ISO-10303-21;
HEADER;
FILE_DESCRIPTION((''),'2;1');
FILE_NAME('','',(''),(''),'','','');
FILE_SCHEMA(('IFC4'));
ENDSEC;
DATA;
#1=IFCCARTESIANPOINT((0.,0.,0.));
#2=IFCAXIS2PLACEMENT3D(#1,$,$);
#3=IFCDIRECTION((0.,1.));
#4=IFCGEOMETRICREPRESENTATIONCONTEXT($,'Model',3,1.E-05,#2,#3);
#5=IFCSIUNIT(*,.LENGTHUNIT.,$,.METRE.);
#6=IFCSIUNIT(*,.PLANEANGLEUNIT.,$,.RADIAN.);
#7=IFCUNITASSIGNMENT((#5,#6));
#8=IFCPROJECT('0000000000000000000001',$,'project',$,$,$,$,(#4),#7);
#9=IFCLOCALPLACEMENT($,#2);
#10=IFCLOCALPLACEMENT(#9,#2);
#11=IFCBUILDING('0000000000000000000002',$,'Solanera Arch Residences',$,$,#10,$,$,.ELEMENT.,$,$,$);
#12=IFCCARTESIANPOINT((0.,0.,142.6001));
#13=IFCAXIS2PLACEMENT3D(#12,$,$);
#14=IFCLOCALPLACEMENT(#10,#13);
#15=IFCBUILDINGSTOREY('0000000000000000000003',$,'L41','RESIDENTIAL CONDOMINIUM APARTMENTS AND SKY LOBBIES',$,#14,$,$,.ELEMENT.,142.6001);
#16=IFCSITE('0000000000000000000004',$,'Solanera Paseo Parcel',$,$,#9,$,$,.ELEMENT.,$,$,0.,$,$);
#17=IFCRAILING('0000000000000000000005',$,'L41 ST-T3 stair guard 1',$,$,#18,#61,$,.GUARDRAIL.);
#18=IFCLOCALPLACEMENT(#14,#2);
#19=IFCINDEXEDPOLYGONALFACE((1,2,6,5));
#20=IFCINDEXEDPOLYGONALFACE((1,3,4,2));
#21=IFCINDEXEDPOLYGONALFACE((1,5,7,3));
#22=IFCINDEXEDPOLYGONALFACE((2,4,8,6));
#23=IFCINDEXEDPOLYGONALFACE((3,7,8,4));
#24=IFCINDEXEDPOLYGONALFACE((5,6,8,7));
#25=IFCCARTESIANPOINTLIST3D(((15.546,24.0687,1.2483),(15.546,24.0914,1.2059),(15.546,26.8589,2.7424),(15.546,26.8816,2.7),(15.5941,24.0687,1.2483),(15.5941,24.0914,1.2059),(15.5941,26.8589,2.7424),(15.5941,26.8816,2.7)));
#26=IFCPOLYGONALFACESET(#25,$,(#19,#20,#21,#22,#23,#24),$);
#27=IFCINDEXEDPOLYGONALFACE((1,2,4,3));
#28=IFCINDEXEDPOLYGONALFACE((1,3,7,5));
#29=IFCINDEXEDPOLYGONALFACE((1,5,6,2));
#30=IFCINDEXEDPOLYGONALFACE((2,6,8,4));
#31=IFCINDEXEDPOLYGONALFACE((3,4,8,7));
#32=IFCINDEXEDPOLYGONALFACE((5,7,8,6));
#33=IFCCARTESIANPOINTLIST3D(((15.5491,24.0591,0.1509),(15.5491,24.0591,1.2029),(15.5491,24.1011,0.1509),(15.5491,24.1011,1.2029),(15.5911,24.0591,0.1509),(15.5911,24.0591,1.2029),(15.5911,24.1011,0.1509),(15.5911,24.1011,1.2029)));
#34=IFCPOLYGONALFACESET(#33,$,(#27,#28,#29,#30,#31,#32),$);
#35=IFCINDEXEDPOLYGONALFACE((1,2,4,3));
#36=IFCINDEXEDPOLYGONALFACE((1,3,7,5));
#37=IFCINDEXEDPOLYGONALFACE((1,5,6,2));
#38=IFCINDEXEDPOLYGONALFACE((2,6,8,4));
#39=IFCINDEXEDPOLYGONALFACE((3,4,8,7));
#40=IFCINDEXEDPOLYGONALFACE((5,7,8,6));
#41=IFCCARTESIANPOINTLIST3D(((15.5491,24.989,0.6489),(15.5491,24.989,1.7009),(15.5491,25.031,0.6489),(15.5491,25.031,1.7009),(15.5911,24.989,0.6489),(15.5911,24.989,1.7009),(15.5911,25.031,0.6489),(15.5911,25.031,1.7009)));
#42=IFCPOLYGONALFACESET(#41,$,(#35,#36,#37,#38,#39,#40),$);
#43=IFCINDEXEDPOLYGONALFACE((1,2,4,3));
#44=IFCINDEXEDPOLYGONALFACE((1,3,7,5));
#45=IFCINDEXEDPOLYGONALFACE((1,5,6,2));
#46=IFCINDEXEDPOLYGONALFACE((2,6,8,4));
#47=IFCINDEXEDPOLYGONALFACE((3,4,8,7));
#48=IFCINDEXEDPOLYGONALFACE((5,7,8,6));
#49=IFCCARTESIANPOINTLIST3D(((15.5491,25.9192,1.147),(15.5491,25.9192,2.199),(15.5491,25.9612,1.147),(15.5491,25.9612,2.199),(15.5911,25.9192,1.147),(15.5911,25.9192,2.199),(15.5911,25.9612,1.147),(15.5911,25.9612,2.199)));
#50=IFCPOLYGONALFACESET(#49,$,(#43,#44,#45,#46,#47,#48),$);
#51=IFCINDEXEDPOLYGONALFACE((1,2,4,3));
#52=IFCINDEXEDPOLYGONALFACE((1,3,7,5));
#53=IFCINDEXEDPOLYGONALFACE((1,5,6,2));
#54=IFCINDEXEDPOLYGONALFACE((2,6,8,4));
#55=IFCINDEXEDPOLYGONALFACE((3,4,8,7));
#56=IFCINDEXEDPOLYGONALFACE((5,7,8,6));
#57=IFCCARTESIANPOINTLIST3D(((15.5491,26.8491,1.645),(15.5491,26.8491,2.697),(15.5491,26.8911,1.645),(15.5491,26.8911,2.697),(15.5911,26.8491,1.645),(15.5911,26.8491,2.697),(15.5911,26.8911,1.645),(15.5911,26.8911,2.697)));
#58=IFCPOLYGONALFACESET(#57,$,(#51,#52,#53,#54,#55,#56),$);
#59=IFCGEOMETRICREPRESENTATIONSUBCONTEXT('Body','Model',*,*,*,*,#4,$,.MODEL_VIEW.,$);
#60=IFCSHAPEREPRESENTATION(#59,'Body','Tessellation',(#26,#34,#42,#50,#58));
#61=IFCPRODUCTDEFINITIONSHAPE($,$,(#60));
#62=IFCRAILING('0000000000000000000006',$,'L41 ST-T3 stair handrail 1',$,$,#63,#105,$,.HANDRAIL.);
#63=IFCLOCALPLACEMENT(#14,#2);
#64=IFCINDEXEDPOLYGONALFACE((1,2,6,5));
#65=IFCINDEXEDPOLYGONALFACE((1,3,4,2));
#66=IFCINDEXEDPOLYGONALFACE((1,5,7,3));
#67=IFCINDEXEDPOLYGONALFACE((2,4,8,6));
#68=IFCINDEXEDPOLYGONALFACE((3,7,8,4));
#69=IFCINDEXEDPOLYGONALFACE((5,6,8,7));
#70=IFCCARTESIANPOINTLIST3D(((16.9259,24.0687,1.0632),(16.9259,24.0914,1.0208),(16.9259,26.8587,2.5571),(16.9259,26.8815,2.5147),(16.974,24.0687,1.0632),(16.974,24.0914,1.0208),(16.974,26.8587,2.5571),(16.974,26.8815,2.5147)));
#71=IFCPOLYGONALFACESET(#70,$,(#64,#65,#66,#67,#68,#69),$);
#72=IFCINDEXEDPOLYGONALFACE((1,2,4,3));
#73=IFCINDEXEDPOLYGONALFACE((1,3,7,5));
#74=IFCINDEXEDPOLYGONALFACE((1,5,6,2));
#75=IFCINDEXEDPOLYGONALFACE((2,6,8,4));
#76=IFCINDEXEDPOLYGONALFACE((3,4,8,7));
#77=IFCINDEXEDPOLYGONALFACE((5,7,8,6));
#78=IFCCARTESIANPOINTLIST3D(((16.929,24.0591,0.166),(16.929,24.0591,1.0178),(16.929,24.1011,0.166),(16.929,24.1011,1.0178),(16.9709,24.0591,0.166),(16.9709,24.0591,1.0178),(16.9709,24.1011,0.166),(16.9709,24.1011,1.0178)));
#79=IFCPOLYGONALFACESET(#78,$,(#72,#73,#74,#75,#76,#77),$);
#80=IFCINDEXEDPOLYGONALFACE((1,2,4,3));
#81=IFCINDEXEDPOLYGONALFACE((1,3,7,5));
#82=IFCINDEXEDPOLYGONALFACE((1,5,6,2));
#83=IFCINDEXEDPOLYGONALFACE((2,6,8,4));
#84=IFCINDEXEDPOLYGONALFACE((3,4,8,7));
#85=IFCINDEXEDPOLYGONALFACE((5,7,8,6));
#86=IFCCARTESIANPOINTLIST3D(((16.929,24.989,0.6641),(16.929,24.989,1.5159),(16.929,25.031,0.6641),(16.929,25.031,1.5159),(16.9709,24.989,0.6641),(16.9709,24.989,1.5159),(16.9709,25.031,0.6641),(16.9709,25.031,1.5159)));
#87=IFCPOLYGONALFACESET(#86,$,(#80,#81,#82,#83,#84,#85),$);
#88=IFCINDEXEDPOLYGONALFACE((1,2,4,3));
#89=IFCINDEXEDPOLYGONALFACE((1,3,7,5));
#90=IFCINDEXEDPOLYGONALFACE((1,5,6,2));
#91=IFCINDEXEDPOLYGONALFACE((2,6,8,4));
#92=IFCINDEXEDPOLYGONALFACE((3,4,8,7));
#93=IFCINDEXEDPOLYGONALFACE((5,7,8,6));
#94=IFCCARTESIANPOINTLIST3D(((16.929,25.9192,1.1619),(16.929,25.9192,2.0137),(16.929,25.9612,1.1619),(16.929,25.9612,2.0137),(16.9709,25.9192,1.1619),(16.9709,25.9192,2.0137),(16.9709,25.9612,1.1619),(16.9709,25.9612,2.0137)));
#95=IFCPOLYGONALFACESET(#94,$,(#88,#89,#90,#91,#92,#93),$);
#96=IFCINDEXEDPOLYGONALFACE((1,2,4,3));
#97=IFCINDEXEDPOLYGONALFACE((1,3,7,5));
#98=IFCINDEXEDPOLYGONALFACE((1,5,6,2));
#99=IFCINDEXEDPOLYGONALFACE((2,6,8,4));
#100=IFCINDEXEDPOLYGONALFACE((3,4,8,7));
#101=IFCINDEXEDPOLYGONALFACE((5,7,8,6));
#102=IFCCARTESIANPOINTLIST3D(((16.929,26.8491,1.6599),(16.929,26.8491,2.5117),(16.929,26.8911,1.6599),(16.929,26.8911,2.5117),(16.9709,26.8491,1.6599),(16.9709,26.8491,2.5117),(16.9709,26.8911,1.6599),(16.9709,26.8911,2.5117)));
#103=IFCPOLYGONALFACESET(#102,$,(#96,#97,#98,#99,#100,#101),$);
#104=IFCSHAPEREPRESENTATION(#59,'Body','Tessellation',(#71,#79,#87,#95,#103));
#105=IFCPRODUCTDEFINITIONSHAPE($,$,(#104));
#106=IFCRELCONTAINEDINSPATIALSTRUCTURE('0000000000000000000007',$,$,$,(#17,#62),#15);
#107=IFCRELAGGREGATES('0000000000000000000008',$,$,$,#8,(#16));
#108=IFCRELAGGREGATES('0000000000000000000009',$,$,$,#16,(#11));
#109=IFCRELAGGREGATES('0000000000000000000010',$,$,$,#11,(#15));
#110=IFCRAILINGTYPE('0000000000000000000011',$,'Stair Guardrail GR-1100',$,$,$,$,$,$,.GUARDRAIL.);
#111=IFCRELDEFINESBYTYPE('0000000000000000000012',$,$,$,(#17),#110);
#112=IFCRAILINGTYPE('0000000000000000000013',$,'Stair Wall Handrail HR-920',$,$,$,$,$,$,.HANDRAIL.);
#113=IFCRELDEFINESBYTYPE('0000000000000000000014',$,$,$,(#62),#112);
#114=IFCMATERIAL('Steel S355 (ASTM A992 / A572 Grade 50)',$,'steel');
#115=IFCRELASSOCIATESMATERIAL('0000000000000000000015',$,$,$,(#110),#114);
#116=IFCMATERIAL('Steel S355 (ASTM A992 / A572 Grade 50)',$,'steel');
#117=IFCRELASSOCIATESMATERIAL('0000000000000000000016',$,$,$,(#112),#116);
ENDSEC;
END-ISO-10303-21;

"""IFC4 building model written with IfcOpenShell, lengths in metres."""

from ifc_helpers import new_model, si_unit, direction, frame, origin, origin_2d, place, context, subcontext, project, spatial, rectangle, extrude, material, type_object, element, save


model = new_model("IFC4")

# Units and contexts
model_context = context("Model", 3, precision=1e-05, world=origin(), true_north=direction((0.0, 1.0)))
body_context = subcontext(model_context, "Body", "Model", "MODEL_VIEW")
ifc_project = project(units=[si_unit("LENGTHUNIT", "METRE"), si_unit("PLANEANGLEUNIT", "RADIAN")], contexts=[model_context])

# Site, building, storey
site_placement = place(None, origin())
site = spatial("IfcSite", under=ifc_project, at=site_placement, Name="Solanera Paseo Parcel", CompositionType="ELEMENT", RefElevation=0.0)
building_placement = place(site_placement, origin())
building = spatial("IfcBuilding", under=site, at=building_placement, Name="Solanera Arch Residences", CompositionType="ELEMENT")
storey_placement = place(building_placement, frame((0.0, 0.0, 142.6001)))
storey = spatial("IfcBuildingStorey", under=building, at=storey_placement, Name="L41", Description="RESIDENTIAL CONDOMINIUM APARTMENTS AND SKY LOBBIES", CompositionType="ELEMENT", Elevation=142.6001)

# Railings
ifc_material_1 = material(Name="Steel S355 (ASTM A992 / A572 Grade 50)", Category="steel")
railing_type_1 = type_object("IfcRailingType", Name="Stair Guardrail GR-1100", PredefinedType="GUARDRAIL", material=ifc_material_1)
railing_1_placement = place(storey_placement, frame((15.5701, 24.0801, 0.1509)))
element("IfcRailing", 1, at=railing_1_placement, inside=storey, type_object=railing_type_1, Name="L41 ST-T3 stair guard 1", PredefinedType="GUARDRAIL", context=body_context, shape_type="SweptSolid", body=[
    extrude(rectangle(XDim=0.0481, YDim=0.0481, at=origin_2d()), frame((0.0, 0.0, 1.0762), z_axis=(0.0, 0.881549, 0.472093), x_axis=(-1.0, 0.0, 0.0)), (0.0, 0.0, 1.0), 3.165),
    extrude(rectangle(XDim=0.042, YDim=0.042, at=origin_2d()), origin(), (0.0, 0.0, 1.0), 1.052),
    extrude(rectangle(XDim=0.042, YDim=0.042, at=origin_2d()), frame((0.0, 0.9299, 0.498)), (0.0, 0.0, 1.0), 1.052),
    extrude(rectangle(XDim=0.042, YDim=0.042, at=origin_2d()), frame((0.0, 1.8601, 0.9961)), (0.0, 0.0, 1.0), 1.052),
    extrude(rectangle(XDim=0.042, YDim=0.042, at=origin_2d()), frame((0.0, 2.79, 1.4941)), (0.0, 0.0, 1.0), 1.052),
])
ifc_material_2 = material(Name="Steel S355 (ASTM A992 / A572 Grade 50)", Category="steel")
railing_type_2 = type_object("IfcRailingType", Name="Stair Wall Handrail HR-920", PredefinedType="HANDRAIL", material=ifc_material_2)
railing_2_placement = place(storey_placement, frame((16.95, 24.0801, 0.166)))
element("IfcRailing", 2, at=railing_2_placement, inside=storey, type_object=railing_type_2, Name="L41 ST-T3 stair handrail 1", PredefinedType="HANDRAIL", context=body_context, shape_type="SweptSolid", body=[
    extrude(rectangle(XDim=0.0481, YDim=0.0481, at=origin_2d()), frame((0.0, 0.0, 0.876), z_axis=(0.0, 0.881581, 0.472033), x_axis=(-1.0, 0.0, 0.0)), (0.0, 0.0, 1.0), 3.1648),
    extrude(rectangle(XDim=0.042, YDim=0.042, at=origin_2d()), origin(), (0.0, 0.0, 1.0), 0.8518),
    extrude(rectangle(XDim=0.042, YDim=0.042, at=origin_2d()), frame((0.0, 0.9299, 0.498)), (0.0, 0.0, 1.0), 0.8518),
    extrude(rectangle(XDim=0.042, YDim=0.042, at=origin_2d()), frame((0.0, 1.8601, 0.9958)), (0.0, 0.0, 1.0), 0.8518),
    extrude(rectangle(XDim=0.042, YDim=0.042, at=origin_2d()), frame((0.0, 2.79, 1.4939)), (0.0, 0.0, 1.0), 0.8518),
])

save(model, "model.ifc")
